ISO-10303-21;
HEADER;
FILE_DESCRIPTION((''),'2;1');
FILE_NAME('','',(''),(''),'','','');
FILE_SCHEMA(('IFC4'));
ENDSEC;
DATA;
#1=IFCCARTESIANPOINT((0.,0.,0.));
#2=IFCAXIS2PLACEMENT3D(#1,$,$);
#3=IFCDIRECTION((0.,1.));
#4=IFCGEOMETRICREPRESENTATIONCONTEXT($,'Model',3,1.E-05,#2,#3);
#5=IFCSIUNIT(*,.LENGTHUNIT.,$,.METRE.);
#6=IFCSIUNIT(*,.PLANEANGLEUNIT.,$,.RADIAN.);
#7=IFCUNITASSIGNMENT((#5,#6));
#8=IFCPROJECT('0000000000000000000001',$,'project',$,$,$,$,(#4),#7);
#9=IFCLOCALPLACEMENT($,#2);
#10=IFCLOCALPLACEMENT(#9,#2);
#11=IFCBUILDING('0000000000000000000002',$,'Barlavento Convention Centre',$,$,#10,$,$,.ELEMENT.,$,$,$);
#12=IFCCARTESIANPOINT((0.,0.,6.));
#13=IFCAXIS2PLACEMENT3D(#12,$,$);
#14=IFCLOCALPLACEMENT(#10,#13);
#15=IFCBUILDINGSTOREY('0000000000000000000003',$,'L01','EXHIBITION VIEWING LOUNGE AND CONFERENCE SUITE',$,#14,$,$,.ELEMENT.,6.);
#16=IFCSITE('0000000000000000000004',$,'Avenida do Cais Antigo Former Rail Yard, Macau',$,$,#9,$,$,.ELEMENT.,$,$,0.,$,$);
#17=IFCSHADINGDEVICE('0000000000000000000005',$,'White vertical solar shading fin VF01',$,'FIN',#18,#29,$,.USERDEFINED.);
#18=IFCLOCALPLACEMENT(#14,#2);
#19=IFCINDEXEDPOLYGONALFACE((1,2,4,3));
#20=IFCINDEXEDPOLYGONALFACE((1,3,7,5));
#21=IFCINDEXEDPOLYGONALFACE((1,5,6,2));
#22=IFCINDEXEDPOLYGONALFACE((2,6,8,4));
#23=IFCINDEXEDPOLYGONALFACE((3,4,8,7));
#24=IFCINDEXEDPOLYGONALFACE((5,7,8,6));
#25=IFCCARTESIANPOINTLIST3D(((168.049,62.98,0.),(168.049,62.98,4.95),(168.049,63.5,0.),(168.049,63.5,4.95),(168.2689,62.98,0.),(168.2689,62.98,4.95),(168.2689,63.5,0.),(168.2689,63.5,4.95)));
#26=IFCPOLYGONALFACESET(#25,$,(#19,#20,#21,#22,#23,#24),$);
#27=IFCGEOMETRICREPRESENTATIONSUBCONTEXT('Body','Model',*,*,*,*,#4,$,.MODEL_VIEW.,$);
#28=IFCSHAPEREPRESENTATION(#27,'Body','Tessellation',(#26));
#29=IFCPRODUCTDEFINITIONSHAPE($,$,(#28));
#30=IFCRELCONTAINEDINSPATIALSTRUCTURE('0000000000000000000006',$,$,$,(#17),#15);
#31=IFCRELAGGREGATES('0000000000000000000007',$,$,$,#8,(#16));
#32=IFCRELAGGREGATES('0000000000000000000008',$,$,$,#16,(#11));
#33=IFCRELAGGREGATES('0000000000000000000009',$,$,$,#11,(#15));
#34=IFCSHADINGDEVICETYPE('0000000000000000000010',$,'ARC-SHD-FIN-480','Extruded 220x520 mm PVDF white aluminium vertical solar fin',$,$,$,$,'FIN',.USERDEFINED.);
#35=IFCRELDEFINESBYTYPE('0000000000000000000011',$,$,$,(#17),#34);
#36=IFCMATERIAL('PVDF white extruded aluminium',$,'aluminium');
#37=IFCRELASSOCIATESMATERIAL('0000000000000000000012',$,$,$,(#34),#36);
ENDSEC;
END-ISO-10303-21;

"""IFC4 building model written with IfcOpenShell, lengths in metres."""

from ifc_helpers import new_model, si_unit, direction, frame, origin, origin_2d, place, context, subcontext, project, spatial, rectangle, extrude, material, type_object, element, save


model = new_model("IFC4")

# Units and contexts
model_context = context("Model", 3, precision=1e-05, world=origin(), true_north=direction((0.0, 1.0)))
body_context = subcontext(model_context, "Body", "Model", "MODEL_VIEW")
ifc_project = project(units=[si_unit("LENGTHUNIT", "METRE"), si_unit("PLANEANGLEUNIT", "RADIAN")], contexts=[model_context])

# Site, building, storey
site_placement = place(None, origin())
site = spatial("IfcSite", under=ifc_project, at=site_placement, Name="Avenida do Cais Antigo Former Rail Yard, Macau", CompositionType="ELEMENT", RefElevation=0.0)
building_placement = place(site_placement, origin())
building = spatial("IfcBuilding", under=site, at=building_placement, Name="Barlavento Convention Centre", CompositionType="ELEMENT")
storey_placement = place(building_placement, frame((0.0, 0.0, 6.0)))
storey = spatial("IfcBuildingStorey", under=building, at=storey_placement, Name="L01", Description="EXHIBITION VIEWING LOUNGE AND CONFERENCE SUITE", CompositionType="ELEMENT", Elevation=6.0)

# Shading device
ifc_material = material(Name="PVDF white extruded aluminium", Category="aluminium")
shading_device_type = type_object("IfcShadingDeviceType", Name="ARC-SHD-FIN-480", Description="Extruded 220x520 mm PVDF white aluminium vertical solar fin", ElementType="FIN", PredefinedType="USERDEFINED", material=ifc_material)
for number, where, z_axis, x_axis, name in (
    (1, (168.1589, 63.24, 0.0), (0.0, 0.0, 1.0), (1.0, 0.0, 0.0), "White vertical solar shading fin VF01"),
):
    element("IfcShadingDevice", number, at=place(storey_placement, frame(where, z_axis=z_axis, x_axis=x_axis)), inside=storey, type_object=shading_device_type, Name=name, ObjectType="FIN", PredefinedType="USERDEFINED", context=body_context, shape_type="SweptSolid", body=[
        extrude(rectangle(XDim=0.22, YDim=0.52, at=origin_2d()), origin(), (0.0, 0.0, 1.0), 4.95),
    ])

save(model, "model.ifc")
